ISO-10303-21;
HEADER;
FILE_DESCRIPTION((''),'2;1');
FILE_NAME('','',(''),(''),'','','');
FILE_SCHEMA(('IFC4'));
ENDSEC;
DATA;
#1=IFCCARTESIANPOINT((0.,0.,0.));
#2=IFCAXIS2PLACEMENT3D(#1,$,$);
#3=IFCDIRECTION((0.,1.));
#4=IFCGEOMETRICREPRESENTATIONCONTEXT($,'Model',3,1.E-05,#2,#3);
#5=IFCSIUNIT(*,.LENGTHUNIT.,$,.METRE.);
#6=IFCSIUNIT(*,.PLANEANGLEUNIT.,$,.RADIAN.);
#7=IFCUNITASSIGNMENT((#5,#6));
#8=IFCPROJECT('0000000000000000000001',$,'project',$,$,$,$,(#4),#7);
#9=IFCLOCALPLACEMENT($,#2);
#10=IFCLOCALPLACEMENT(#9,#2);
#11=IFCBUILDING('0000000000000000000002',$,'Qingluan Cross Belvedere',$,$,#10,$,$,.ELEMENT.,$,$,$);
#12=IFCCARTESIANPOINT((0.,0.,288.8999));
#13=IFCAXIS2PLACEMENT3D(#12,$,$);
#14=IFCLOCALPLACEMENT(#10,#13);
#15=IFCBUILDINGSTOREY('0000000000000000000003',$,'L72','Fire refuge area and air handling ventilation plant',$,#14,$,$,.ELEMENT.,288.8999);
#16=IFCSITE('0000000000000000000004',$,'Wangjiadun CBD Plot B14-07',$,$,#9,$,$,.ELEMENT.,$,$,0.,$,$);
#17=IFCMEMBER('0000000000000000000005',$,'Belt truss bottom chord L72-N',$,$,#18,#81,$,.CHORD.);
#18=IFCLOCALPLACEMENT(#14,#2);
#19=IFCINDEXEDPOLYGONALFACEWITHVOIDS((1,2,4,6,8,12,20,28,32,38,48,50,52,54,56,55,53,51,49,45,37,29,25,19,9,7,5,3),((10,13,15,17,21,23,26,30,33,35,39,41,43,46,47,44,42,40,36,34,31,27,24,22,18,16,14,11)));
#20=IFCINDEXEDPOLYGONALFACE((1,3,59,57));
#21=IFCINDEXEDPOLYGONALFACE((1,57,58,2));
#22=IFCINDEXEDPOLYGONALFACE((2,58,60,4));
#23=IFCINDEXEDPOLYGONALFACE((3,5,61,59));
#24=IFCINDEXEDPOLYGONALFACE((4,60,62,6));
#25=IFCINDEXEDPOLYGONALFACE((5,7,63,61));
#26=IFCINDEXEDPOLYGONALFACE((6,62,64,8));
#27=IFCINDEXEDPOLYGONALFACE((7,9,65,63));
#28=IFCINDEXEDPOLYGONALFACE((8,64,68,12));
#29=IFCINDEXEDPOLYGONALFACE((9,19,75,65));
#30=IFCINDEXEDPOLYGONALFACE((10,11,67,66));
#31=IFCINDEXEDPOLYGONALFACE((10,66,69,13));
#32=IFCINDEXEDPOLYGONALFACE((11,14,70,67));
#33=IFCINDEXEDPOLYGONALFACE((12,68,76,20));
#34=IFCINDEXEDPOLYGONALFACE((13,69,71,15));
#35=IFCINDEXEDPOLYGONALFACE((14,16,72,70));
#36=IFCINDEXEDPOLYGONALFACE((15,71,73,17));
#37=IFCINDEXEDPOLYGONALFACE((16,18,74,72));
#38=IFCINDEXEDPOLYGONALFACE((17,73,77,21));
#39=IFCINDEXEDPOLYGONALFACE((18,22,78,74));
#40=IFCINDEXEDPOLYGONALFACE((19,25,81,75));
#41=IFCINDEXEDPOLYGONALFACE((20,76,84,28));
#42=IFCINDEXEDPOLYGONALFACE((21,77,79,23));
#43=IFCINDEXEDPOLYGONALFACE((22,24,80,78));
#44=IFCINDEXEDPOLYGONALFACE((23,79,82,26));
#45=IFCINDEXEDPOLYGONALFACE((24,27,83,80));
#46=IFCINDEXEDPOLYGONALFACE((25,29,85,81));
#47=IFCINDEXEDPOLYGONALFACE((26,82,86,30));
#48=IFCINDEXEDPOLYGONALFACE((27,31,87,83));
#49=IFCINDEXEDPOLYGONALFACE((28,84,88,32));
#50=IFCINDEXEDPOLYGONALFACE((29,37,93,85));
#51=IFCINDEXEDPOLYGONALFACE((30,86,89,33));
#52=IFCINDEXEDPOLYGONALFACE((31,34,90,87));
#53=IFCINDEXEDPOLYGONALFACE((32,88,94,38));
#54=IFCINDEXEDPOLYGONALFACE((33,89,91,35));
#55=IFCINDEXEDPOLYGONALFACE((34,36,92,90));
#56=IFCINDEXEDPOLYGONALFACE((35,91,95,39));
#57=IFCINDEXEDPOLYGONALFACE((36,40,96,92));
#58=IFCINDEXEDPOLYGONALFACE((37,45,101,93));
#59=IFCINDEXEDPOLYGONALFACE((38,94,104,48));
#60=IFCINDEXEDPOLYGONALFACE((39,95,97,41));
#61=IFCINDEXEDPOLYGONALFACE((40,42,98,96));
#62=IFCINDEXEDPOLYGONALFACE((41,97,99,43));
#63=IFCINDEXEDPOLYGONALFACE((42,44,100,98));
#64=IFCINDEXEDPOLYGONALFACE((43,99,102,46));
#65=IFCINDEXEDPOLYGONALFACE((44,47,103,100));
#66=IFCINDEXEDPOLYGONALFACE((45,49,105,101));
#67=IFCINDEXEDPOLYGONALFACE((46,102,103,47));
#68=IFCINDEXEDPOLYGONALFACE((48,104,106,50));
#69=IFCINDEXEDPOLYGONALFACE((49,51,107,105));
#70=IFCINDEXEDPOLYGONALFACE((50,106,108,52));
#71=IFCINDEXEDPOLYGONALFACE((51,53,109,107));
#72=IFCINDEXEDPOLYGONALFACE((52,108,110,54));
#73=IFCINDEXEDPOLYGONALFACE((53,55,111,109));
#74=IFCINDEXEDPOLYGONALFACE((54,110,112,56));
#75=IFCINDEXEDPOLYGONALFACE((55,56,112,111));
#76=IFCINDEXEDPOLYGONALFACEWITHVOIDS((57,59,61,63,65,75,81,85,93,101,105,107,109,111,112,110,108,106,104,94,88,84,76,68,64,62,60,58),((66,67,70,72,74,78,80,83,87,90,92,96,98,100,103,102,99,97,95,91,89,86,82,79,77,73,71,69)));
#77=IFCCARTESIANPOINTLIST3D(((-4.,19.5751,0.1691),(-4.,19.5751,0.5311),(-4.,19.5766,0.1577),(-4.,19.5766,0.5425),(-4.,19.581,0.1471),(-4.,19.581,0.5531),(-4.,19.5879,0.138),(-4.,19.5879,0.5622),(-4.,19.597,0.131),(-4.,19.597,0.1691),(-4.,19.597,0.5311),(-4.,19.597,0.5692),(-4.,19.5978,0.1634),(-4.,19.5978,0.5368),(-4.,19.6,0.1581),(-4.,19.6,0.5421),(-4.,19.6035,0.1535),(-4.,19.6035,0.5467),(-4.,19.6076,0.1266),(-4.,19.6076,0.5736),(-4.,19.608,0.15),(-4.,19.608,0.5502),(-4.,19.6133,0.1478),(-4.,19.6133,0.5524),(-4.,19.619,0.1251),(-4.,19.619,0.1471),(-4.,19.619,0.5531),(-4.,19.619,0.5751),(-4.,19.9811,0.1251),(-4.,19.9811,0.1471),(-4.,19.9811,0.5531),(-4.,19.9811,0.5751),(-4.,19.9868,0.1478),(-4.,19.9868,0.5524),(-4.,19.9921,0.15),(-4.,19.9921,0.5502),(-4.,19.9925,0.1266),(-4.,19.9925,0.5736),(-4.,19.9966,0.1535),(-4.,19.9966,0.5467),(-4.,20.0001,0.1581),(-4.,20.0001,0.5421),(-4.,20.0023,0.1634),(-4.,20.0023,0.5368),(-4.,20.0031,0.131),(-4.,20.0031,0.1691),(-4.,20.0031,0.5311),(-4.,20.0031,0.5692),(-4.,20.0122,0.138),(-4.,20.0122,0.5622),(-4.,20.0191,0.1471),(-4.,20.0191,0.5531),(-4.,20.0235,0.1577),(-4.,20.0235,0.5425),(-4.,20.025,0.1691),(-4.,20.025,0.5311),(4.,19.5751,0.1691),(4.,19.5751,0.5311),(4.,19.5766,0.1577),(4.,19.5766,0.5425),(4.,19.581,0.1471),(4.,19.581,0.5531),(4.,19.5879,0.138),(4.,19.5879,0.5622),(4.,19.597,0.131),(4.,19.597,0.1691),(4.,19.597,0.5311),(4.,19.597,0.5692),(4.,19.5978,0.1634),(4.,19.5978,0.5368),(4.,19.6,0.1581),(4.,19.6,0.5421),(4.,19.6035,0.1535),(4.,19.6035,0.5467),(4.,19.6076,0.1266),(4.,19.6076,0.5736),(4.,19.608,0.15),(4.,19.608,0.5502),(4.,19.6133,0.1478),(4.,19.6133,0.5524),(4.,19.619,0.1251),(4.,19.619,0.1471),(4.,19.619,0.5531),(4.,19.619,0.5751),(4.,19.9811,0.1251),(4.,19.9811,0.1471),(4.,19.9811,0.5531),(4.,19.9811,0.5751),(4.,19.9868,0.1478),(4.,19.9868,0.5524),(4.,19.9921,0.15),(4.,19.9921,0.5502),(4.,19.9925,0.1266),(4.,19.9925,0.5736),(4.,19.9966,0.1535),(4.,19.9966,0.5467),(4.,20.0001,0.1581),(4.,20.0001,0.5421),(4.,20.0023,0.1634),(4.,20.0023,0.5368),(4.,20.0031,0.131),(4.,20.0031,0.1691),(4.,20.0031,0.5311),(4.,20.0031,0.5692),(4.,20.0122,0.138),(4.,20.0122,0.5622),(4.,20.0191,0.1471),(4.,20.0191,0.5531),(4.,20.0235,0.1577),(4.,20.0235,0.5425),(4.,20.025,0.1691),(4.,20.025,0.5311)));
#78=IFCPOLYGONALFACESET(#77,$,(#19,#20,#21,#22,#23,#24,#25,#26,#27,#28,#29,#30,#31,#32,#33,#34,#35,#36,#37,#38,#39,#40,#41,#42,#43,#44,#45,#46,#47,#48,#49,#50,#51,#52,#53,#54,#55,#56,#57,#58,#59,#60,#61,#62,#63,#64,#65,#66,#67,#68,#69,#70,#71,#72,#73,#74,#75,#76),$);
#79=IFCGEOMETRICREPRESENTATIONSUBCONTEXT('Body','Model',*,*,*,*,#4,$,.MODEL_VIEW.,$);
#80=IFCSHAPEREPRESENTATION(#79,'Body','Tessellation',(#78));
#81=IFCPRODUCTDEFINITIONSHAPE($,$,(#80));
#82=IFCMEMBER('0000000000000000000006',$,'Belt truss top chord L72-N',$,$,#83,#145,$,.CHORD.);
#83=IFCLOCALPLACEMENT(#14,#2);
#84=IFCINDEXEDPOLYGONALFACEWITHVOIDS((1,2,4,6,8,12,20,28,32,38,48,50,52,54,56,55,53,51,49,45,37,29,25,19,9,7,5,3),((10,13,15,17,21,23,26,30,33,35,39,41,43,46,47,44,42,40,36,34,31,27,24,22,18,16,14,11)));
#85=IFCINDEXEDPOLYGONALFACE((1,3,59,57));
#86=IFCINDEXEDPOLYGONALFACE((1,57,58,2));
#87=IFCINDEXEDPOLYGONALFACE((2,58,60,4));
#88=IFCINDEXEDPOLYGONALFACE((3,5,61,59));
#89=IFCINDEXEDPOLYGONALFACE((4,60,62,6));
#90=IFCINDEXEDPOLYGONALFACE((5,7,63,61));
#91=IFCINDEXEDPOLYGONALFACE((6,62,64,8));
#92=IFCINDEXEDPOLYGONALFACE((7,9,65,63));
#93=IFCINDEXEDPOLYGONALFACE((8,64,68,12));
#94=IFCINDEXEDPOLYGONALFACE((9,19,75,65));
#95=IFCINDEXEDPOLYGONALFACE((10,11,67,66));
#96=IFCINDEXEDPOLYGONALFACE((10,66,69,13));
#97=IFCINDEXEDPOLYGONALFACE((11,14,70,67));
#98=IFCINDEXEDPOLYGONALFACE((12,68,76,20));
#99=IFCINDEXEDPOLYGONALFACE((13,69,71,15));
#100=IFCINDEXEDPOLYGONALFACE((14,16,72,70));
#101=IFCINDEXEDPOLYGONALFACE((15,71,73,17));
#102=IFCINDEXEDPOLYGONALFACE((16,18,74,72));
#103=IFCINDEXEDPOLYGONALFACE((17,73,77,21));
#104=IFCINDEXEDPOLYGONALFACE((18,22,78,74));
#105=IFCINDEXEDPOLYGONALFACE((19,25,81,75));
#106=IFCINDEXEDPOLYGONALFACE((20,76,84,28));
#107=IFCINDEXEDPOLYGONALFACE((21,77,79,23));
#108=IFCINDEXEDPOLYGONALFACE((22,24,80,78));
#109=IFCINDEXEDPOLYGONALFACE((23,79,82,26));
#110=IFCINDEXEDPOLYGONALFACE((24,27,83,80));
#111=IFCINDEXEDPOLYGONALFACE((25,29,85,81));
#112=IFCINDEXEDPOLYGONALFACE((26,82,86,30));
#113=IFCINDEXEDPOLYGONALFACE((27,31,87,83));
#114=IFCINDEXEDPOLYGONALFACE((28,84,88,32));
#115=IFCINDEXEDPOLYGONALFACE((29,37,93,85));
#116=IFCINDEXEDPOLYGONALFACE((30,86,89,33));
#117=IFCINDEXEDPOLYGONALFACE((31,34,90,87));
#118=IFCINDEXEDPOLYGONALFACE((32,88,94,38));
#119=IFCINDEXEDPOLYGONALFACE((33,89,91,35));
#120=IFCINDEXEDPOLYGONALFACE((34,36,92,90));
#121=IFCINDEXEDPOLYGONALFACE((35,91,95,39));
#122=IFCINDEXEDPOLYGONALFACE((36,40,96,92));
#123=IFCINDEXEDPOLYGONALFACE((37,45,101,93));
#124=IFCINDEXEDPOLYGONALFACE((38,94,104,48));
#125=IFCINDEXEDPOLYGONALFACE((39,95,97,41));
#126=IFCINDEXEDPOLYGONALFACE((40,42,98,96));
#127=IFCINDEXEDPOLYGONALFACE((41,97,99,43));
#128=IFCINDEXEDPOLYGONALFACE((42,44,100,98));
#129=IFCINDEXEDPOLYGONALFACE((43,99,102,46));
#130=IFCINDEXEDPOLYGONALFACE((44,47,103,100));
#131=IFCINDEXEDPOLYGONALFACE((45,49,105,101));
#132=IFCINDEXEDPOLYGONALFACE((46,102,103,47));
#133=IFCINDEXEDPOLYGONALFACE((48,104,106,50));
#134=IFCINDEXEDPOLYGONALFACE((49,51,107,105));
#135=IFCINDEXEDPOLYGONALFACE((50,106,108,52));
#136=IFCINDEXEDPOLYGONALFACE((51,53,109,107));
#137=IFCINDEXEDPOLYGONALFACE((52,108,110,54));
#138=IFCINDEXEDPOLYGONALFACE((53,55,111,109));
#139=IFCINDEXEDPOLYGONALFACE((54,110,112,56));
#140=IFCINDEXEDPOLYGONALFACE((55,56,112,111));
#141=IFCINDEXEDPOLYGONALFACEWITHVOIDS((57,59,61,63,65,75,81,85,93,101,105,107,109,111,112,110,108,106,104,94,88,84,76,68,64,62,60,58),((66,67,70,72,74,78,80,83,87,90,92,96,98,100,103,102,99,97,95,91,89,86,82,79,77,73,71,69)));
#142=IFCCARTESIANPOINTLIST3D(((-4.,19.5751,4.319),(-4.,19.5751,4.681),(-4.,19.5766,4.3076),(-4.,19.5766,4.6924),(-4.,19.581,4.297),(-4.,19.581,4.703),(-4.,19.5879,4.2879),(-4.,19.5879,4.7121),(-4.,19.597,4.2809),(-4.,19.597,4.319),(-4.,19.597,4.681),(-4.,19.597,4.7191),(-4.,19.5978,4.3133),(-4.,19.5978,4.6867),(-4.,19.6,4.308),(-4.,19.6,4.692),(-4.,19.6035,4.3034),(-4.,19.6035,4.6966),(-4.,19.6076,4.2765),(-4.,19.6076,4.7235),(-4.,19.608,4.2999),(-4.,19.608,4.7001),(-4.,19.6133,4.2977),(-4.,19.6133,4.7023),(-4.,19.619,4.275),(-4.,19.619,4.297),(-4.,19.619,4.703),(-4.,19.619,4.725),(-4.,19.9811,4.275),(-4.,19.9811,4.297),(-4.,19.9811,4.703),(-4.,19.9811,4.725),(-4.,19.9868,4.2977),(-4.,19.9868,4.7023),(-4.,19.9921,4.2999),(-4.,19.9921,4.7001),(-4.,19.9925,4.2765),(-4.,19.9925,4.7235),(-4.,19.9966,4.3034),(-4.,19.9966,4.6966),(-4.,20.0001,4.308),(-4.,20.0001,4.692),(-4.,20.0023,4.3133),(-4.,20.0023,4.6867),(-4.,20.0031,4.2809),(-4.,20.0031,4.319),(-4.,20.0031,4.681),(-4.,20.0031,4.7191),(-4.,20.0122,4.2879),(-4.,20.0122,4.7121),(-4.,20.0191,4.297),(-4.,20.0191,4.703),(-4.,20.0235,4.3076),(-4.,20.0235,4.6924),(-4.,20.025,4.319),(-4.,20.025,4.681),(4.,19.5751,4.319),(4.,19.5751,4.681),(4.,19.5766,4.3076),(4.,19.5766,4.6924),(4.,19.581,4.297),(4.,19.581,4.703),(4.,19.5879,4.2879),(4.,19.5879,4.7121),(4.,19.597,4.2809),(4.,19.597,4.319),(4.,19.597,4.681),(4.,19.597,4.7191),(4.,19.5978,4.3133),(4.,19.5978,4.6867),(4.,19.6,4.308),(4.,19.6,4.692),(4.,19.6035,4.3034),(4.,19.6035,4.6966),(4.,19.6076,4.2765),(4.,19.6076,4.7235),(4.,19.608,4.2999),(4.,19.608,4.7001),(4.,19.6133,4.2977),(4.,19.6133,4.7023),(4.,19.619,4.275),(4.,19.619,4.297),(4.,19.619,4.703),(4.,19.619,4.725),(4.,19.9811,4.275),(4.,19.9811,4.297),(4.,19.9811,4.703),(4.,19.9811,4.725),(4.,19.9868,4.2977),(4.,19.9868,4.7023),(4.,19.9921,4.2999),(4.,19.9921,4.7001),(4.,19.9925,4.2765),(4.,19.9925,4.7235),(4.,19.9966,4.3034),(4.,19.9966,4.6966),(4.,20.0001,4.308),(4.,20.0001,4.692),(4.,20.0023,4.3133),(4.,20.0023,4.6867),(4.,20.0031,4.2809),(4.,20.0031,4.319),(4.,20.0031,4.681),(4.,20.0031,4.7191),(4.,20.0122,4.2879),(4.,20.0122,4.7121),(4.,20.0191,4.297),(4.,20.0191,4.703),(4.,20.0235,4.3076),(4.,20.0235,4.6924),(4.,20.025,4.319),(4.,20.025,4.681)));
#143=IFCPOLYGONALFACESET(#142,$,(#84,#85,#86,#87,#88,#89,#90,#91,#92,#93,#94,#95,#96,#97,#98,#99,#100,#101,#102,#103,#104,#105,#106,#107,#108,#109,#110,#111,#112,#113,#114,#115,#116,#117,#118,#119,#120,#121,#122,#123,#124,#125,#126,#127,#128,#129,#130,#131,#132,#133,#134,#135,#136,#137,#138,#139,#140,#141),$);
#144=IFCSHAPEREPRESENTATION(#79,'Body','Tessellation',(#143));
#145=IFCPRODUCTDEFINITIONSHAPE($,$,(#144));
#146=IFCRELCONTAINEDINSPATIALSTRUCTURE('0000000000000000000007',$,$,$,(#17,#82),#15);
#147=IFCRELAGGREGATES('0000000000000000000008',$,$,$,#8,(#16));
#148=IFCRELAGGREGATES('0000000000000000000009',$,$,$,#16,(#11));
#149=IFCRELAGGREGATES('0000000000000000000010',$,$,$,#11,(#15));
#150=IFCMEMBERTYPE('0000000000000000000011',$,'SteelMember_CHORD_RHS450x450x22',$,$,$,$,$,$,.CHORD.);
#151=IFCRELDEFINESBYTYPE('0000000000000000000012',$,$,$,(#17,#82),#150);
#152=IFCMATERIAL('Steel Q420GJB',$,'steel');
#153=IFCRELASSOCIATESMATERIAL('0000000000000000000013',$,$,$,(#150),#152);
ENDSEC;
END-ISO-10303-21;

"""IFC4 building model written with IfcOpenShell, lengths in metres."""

from ifc_helpers import new_model, si_unit, direction, frame, origin, origin_2d, place, context, subcontext, project, spatial, hollow_rectangle, extrude, material, material_profile, profile_set, type_object, element, save


model = new_model("IFC4")

# Units and contexts
model_context = context("Model", 3, precision=1e-05, world=origin(), true_north=direction((0.0, 1.0)))
body_context = subcontext(model_context, "Body", "Model", "MODEL_VIEW")
ifc_project = project(units=[si_unit("LENGTHUNIT", "METRE"), si_unit("PLANEANGLEUNIT", "RADIAN")], contexts=[model_context])

# Site, building, storey
site_placement = place(None, origin())
site = spatial("IfcSite", under=ifc_project, at=site_placement, Name="Wangjiadun CBD Plot B14-07", CompositionType="ELEMENT", RefElevation=0.0)
building_placement = place(site_placement, origin())
building = spatial("IfcBuilding", under=site, at=building_placement, Name="Qingluan Cross Belvedere", CompositionType="ELEMENT")
storey_placement = place(building_placement, frame((0.0, 0.0, 288.8999)))
storey = spatial("IfcBuildingStorey", under=building, at=storey_placement, Name="L72", Description="Fire refuge area and air handling ventilation plant", CompositionType="ELEMENT", Elevation=288.8999)

# Members
ifc_material_1 = material(Name="Steel Q420GJB", Category="steel")
ifc_material_profile_1 = material_profile(ifc_material_1, hollow_rectangle(XDim=0.45, YDim=0.45, WallThickness=0.022, InnerFilletRadius=0.022, OuterFilletRadius=0.0439, at=origin_2d()), Name="RHS450x450x22")
ifc_profile_set_1 = profile_set([ifc_material_profile_1], Name="Steel Q420GJB")
member_type_1 = type_object("IfcMemberType", Name="SteelMember_CHORD_RHS450x450x22", PredefinedType="CHORD", material=ifc_profile_set_1)
for number, where, z_axis, x_axis, name in (
    (1, (-4.0, 19.8, 0.3501), (1.0, 0.0, 0.0), (0.0, 1.0, 0.0), "Belt truss bottom chord L72-N"),
    (2, (-4.0, 19.8, 4.5), (1.0, 0.0, 0.0), (0.0, 1.0, 0.0), "Belt truss top chord L72-N"),
):
    element("IfcMember", number, at=place(storey_placement, frame(where, z_axis=z_axis, x_axis=x_axis)), inside=storey, type_object=member_type_1, Name=name, PredefinedType="CHORD", context=body_context, shape_type="SweptSolid", body=[
        extrude(hollow_rectangle(XDim=0.45, YDim=0.45, WallThickness=0.022, InnerFilletRadius=0.022, OuterFilletRadius=0.0439, at=origin_2d()), origin(), (0.0, 0.0, 1.0), 8.0),
    ])

save(model, "model.ifc")
